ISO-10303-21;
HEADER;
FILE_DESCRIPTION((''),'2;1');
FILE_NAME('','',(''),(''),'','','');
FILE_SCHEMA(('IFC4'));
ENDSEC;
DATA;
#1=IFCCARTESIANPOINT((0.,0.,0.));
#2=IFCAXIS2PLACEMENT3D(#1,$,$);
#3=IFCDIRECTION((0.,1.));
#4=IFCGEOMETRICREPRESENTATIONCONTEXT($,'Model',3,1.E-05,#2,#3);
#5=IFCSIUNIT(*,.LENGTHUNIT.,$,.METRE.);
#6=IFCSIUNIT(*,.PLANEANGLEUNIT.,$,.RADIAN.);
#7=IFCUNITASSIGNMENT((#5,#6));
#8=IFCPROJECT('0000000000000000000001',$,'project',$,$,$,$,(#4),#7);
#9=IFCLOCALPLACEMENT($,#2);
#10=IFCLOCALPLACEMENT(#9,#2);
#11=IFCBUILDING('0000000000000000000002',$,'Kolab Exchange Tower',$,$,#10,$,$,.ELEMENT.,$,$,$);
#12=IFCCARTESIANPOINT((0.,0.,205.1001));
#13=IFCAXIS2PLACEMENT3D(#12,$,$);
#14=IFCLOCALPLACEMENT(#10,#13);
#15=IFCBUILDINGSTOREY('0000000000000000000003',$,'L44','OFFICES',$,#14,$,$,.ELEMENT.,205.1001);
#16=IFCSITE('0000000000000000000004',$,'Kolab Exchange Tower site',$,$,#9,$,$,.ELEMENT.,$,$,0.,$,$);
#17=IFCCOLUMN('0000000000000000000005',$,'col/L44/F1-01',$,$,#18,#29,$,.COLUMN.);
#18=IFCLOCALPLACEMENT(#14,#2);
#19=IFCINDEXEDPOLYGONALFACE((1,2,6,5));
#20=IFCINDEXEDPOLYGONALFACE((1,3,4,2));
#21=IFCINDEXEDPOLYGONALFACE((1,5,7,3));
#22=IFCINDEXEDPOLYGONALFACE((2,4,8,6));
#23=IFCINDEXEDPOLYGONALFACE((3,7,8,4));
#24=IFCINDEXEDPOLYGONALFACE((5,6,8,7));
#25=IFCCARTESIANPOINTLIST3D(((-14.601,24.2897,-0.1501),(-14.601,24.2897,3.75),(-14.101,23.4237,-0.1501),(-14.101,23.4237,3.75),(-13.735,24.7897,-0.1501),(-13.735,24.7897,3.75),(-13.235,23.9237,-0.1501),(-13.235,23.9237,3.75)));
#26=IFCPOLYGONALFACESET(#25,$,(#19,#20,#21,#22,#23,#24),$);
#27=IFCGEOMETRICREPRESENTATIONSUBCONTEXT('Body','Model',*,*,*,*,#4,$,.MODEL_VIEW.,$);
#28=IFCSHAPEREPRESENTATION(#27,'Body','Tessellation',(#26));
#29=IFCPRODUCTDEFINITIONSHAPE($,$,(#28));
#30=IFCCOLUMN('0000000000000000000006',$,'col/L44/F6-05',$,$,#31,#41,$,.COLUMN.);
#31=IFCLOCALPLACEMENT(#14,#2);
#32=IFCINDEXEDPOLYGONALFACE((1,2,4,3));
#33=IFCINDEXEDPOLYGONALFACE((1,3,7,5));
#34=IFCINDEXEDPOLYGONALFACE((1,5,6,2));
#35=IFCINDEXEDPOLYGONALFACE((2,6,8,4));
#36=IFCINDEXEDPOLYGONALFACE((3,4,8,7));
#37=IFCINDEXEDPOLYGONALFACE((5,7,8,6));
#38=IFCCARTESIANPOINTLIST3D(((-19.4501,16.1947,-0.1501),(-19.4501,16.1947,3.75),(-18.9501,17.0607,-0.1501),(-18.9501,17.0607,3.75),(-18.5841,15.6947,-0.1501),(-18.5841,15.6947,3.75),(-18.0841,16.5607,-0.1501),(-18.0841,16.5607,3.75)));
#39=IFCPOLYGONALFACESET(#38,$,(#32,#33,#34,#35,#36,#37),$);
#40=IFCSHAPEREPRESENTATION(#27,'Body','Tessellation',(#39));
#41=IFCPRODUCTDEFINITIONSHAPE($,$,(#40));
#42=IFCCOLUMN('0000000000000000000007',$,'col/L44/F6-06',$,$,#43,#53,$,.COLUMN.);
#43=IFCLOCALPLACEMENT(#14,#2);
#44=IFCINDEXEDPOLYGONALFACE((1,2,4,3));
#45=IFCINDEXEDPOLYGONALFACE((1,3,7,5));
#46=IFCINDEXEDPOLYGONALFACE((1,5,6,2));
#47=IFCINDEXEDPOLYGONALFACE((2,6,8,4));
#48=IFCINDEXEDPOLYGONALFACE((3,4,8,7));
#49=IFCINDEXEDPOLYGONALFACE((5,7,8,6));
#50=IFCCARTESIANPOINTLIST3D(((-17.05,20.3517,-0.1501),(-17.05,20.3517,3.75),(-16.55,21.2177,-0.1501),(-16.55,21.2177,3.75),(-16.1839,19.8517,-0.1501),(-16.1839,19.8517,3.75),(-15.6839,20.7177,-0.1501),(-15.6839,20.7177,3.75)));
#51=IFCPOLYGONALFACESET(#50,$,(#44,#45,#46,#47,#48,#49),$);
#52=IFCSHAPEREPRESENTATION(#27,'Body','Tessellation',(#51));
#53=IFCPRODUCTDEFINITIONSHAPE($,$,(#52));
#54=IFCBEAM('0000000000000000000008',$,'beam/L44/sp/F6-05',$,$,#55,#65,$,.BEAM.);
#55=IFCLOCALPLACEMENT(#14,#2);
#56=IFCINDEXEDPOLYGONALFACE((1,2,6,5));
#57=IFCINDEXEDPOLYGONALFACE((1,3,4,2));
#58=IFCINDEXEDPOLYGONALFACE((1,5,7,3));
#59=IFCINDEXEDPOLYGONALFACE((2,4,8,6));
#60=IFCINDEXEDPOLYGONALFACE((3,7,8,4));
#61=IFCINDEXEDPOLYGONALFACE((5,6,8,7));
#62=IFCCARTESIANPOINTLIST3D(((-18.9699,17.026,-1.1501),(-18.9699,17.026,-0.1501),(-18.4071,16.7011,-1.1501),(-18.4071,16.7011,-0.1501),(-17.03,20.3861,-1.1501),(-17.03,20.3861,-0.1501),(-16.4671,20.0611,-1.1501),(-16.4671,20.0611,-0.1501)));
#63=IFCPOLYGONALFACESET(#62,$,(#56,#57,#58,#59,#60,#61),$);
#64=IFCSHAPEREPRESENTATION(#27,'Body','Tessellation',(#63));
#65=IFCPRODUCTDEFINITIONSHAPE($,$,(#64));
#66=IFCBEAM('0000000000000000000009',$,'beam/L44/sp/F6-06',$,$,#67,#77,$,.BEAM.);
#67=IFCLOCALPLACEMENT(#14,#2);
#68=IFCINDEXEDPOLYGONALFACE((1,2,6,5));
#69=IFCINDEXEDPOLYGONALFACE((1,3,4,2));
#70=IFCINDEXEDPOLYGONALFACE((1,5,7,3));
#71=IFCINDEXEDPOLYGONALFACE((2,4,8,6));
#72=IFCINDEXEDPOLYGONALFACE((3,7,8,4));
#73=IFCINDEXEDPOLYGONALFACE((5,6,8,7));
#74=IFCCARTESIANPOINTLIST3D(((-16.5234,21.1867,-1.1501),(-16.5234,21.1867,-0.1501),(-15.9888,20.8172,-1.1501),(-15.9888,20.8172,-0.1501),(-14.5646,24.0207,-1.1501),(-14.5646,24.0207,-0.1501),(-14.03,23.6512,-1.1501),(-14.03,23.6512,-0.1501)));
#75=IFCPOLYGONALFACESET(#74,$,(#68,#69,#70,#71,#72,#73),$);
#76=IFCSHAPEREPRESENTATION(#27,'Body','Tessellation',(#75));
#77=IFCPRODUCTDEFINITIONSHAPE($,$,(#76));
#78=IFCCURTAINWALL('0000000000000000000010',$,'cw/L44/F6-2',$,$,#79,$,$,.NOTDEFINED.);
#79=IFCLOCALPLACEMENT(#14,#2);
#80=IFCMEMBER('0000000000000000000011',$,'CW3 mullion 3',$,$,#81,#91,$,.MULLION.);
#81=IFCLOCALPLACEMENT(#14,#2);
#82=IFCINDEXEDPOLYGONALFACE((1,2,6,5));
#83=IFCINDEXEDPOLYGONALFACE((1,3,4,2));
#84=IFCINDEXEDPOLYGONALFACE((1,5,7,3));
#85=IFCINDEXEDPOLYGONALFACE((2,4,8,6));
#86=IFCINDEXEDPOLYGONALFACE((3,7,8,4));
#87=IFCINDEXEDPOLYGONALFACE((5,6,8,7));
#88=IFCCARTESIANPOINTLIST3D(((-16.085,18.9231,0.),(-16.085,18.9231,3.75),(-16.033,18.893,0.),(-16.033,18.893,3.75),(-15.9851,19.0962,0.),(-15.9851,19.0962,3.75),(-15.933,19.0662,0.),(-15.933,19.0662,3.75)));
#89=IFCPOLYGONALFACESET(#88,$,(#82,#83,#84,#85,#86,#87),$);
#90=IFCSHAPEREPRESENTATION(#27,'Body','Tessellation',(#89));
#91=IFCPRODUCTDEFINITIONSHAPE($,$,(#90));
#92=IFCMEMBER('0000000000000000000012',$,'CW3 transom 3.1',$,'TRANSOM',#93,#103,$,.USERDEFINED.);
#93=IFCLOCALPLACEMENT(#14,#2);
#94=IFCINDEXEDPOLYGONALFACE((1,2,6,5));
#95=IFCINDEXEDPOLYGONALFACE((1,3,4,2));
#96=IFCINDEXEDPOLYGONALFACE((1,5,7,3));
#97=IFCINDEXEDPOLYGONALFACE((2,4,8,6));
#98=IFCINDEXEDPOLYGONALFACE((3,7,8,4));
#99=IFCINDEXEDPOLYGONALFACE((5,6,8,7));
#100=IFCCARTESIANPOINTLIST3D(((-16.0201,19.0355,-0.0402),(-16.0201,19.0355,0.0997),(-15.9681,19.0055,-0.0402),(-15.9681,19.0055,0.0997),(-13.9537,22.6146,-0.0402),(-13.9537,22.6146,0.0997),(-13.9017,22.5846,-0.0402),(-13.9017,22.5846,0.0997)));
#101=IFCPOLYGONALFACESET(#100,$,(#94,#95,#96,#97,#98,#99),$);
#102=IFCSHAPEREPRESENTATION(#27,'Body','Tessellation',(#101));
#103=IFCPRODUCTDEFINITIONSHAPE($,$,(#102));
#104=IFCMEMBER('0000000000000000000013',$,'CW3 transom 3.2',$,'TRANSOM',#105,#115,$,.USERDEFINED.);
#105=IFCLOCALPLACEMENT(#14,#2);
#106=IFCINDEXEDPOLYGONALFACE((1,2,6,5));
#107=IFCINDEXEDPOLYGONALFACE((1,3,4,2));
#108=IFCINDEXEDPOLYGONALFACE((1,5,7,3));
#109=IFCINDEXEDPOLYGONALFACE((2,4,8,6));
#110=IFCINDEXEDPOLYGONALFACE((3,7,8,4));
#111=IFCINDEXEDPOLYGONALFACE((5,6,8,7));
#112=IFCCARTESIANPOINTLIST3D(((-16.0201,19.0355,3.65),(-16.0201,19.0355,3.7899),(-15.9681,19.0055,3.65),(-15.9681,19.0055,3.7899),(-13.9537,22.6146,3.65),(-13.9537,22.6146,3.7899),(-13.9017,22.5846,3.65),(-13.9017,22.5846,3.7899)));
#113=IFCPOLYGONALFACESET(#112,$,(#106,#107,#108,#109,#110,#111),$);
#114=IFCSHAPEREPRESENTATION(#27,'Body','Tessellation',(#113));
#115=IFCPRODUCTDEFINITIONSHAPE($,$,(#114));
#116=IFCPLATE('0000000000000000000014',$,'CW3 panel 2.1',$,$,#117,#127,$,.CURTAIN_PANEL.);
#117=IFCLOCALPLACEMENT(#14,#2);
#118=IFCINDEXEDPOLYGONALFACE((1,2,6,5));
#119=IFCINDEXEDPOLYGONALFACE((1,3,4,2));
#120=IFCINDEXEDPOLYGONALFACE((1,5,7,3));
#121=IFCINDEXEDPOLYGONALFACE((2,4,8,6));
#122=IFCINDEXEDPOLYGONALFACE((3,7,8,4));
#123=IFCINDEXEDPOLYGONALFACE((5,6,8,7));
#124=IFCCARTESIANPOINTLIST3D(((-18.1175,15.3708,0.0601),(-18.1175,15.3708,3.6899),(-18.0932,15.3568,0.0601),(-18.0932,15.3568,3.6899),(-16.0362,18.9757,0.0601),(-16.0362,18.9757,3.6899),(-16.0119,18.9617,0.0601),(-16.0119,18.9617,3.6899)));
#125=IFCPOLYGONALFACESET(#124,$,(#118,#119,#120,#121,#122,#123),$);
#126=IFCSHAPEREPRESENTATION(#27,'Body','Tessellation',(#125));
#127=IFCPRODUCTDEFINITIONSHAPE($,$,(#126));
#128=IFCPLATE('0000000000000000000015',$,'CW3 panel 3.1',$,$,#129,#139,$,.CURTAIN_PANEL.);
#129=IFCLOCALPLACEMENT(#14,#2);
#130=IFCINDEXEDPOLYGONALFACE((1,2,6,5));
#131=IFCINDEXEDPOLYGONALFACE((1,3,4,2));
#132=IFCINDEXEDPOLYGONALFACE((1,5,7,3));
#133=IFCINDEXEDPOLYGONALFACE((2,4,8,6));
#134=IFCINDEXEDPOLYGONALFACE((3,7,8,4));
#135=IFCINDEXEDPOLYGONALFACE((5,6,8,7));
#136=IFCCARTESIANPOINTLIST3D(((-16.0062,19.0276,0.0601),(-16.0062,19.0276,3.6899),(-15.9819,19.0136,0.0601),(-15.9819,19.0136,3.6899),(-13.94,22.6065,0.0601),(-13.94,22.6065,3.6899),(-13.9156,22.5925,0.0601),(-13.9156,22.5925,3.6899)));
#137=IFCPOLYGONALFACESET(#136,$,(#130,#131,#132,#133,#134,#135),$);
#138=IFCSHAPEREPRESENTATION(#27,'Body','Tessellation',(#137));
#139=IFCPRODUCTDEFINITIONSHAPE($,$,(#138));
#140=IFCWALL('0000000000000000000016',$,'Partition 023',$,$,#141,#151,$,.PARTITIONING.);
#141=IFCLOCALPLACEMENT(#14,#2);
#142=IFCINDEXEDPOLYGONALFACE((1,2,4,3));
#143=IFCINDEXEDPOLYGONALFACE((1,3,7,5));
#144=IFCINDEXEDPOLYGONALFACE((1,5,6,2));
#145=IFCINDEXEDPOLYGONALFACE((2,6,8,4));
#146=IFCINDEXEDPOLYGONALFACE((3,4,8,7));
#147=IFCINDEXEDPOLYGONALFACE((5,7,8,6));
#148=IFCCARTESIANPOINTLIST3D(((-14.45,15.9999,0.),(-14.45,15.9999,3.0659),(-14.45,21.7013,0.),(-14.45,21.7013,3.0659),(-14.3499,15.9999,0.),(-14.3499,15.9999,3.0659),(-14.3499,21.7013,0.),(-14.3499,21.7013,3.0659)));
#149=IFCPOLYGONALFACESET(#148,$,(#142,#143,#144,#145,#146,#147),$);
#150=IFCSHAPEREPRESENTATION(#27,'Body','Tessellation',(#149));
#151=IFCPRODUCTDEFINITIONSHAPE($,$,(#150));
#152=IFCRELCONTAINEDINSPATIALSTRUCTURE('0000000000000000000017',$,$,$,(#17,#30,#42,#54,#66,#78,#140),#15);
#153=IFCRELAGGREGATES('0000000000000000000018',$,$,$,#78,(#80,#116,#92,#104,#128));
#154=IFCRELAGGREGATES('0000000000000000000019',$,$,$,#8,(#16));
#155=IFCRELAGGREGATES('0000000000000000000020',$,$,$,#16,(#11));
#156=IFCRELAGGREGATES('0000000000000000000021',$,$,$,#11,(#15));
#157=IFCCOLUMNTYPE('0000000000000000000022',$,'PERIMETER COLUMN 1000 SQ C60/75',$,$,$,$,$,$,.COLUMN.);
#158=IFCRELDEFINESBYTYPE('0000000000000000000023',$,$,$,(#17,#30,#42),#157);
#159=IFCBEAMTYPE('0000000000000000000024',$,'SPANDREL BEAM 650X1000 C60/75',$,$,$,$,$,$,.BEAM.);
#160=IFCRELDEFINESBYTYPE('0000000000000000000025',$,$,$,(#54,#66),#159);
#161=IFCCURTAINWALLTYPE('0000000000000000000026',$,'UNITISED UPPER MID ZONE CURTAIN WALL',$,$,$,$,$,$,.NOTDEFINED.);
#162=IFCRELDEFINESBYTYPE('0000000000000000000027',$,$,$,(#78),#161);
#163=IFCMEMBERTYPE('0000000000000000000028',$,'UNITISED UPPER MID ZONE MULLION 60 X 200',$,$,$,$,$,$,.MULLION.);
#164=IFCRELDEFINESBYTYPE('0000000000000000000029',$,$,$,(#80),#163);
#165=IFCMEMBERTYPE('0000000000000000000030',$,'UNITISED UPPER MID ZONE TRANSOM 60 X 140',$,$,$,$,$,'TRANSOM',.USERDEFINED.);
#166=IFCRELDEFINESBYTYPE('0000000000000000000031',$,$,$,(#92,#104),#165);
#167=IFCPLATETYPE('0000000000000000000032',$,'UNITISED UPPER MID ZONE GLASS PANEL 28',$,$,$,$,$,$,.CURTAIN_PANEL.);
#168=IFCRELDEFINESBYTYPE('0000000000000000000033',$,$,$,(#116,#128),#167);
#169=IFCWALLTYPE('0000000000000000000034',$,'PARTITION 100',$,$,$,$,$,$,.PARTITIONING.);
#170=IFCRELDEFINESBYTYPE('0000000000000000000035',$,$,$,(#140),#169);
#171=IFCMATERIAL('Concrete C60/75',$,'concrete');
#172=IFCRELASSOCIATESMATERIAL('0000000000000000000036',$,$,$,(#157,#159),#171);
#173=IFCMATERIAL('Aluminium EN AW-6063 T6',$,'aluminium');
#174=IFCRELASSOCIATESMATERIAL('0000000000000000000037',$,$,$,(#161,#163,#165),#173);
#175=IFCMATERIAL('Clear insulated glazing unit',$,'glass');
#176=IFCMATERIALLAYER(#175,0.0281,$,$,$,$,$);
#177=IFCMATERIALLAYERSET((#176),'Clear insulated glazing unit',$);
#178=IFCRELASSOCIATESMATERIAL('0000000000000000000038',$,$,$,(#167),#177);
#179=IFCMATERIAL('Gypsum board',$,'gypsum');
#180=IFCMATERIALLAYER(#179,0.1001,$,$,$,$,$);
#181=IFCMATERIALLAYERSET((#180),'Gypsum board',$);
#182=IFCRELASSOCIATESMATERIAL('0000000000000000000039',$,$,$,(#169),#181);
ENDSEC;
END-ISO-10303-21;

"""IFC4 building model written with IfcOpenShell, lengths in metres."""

from ifc_helpers import new_model, si_unit, direction, frame, frame_2d, origin, origin_2d, place, context, subcontext, project, spatial, rectangle, extrude, material, layer, layer_set, material_profile, profile_set, type_object, element, aggregate, save


model = new_model("IFC4")

# Units and contexts
model_context = context("Model", 3, precision=1e-05, world=origin(), true_north=direction((0.0, 1.0)))
body_context = subcontext(model_context, "Body", "Model", "MODEL_VIEW")
ifc_project = project(units=[si_unit("LENGTHUNIT", "METRE"), si_unit("PLANEANGLEUNIT", "RADIAN")], contexts=[model_context])

# Site, building, storey
site_placement = place(None, origin())
site = spatial("IfcSite", under=ifc_project, at=site_placement, Name="Kolab Exchange Tower site", CompositionType="ELEMENT", RefElevation=0.0)
building_placement = place(site_placement, origin())
building = spatial("IfcBuilding", under=site, at=building_placement, Name="Kolab Exchange Tower", CompositionType="ELEMENT")
storey_placement = place(building_placement, frame((0.0, 0.0, 205.1001)))
storey = spatial("IfcBuildingStorey", under=building, at=storey_placement, Name="L44", Description="OFFICES", CompositionType="ELEMENT", Elevation=205.1001)

# Columns
ifc_material_1 = material(Name="Concrete C60/75", Category="concrete")
ifc_material_profile_1 = material_profile(ifc_material_1, rectangle(XDim=1.0, YDim=1.0, at=origin_2d()), Name="RC1000")
ifc_profile_set_1 = profile_set([ifc_material_profile_1], Name="Concrete C60/75")
column_type = type_object("IfcColumnType", Name="PERIMETER COLUMN 1000 SQ C60/75", PredefinedType="COLUMN", material=ifc_profile_set_1)
for number, where, z_axis, x_axis, name in (
    (1, (-13.918, 24.1067, -0.1501), (0.0, 0.0, 1.0), (0.866025, 0.5, 0.0), "col/L44/F1-01"),
    (2, (-18.7671, 16.3777, -0.1501), (0.0, 0.0, 1.0), (0.5, 0.866025, 0.0), "col/L44/F6-05"),
    (3, (-16.3669, 20.5347, -0.1501), (0.0, 0.0, 1.0), (0.5, 0.866025, 0.0), "col/L44/F6-06"),
):
    element("IfcColumn", number, at=place(storey_placement, frame(where, z_axis=z_axis, x_axis=x_axis)), inside=storey, type_object=column_type, Name=name, PredefinedType="COLUMN", context=body_context, shape_type="SweptSolid", body=[
        extrude(rectangle(XDim=1.0, YDim=1.0, at=origin_2d()), origin(), (0.0, 0.0, 1.0), 3.9001),
    ])

# Beams
ifc_material_profile_2 = material_profile(ifc_material_1, rectangle(XDim=0.6499, YDim=1.0, at=origin_2d()), Name="RC650X1000")
ifc_profile_set_2 = profile_set([ifc_material_profile_2], Name="Concrete C60/75")
beam_type = type_object("IfcBeamType", Name="SPANDREL BEAM 650X1000 C60/75", PredefinedType="BEAM", material=ifc_profile_set_2)
beam_1_placement = place(storey_placement, frame((-18.6885, 16.8635, -0.6501), z_axis=(0.499997, 0.866027, 0.0), x_axis=(-0.866027, 0.499997, 0.0)))
element("IfcBeam", 4, at=beam_1_placement, inside=storey, type_object=beam_type, Name="beam/L44/sp/F6-05", PredefinedType="BEAM", context=body_context, shape_type="SweptSolid", body=[
    extrude(rectangle(XDim=0.6499, YDim=1.0, at=origin_2d()), origin(), (0.0, 0.0, 1.0), 3.8799),
])
beam_2_placement = place(storey_placement, frame((-16.2561, 21.002, -0.6501), z_axis=(0.568572, 0.822633, 0.0), x_axis=(-0.822633, 0.568572, 0.0)))
element("IfcBeam", 5, at=beam_2_placement, inside=storey, type_object=beam_type, Name="beam/L44/sp/F6-06", PredefinedType="BEAM", context=body_context, shape_type="SweptSolid", body=[
    extrude(rectangle(XDim=0.6499, YDim=1.0, at=origin_2d()), origin(), (0.0, 0.0, 1.0), 3.4451),
])

# Curtain wall, members, plates
ifc_material_2 = material(Name="Aluminium EN AW-6063 T6", Category="aluminium")
curtain_wall_type = type_object("IfcCurtainWallType", Name="UNITISED UPPER MID ZONE CURTAIN WALL", PredefinedType="NOTDEFINED", material=ifc_material_2)
curtain_wall_placement = place(storey_placement, origin())
curtain_wall = element("IfcCurtainWall", 6, at=curtain_wall_placement, inside=storey, type_object=curtain_wall_type, Name="cw/L44/F6-2", PredefinedType="NOTDEFINED")
ifc_material_profile_3 = material_profile(ifc_material_2, rectangle(XDim=0.0601, YDim=0.2, at=origin_2d()), Name="RECT 60X200")
ifc_profile_set_3 = profile_set([ifc_material_profile_3], Name="Aluminium EN AW-6063 T6")
member_type_1 = type_object("IfcMemberType", Name="UNITISED UPPER MID ZONE MULLION 60 X 200", PredefinedType="MULLION", material=ifc_profile_set_3)
member_1_placement = place(storey_placement, frame((-16.009, 18.9946, 0.0), z_axis=(0.0, 0.0, 1.0), x_axis=(-0.866025, 0.5, 0.0)))
member_1 = element("IfcMember", 7, at=member_1_placement, type_object=member_type_1, Name="CW3 mullion 3", PredefinedType="MULLION", context=body_context, shape_type="SweptSolid", body=[
    extrude(rectangle(XDim=0.0601, YDim=0.2, at=origin_2d()), origin(), (0.0, 0.0, 1.0), 3.75),
])
ifc_material_profile_4 = material_profile(ifc_material_2, rectangle(XDim=0.0601, YDim=0.1399, at=origin_2d()), Name="RECT 60X140")
ifc_profile_set_4 = profile_set([ifc_material_profile_4], Name="Aluminium EN AW-6063 T6")
member_type_2 = type_object("IfcMemberType", Name="UNITISED UPPER MID ZONE TRANSOM 60 X 140", ElementType="TRANSOM", PredefinedType="USERDEFINED", material=ifc_profile_set_4)
member_2_placement = place(storey_placement, frame((-15.9941, 19.0205, 0.0298), z_axis=(0.500002, 0.866024, 0.0), x_axis=(-0.866024, 0.500002, 0.0)))
member_2 = element("IfcMember", 8, at=member_2_placement, type_object=member_type_2, Name="CW3 transom 3.1", ObjectType="TRANSOM", PredefinedType="USERDEFINED", context=body_context, shape_type="SweptSolid", body=[
    extrude(rectangle(XDim=0.0601, YDim=0.1399, at=origin_2d()), origin(), (0.0, 0.0, 1.0), 4.1328),
])
member_3_placement = place(storey_placement, frame((-15.9941, 19.0205, 3.72), z_axis=(0.500002, 0.866024, 0.0), x_axis=(-0.866024, 0.500002, 0.0)))
member_3 = element("IfcMember", 9, at=member_3_placement, type_object=member_type_2, Name="CW3 transom 3.2", ObjectType="TRANSOM", PredefinedType="USERDEFINED", context=body_context, shape_type="SweptSolid", body=[
    extrude(rectangle(XDim=0.0601, YDim=0.1399, at=origin_2d()), origin(), (0.0, 0.0, 1.0), 4.1328),
])
ifc_material_3 = material(Name="Clear insulated glazing unit", Category="glass")
ifc_layer_1 = layer(ifc_material_3, 0.0281)
ifc_layer_set_1 = layer_set([ifc_layer_1], Name="Clear insulated glazing unit")
plate_type = type_object("IfcPlateType", Name="UNITISED UPPER MID ZONE GLASS PANEL 28", PredefinedType="CURTAIN_PANEL", material=ifc_layer_set_1)
plate_1_placement = place(storey_placement, frame((-17.0647, 17.1663, 0.0601), z_axis=(0.0, 0.0, 1.0), x_axis=(0.5, 0.866025, 0.0)))
plate_1 = element("IfcPlate", 10, at=plate_1_placement, type_object=plate_type, Name="CW3 panel 2.1", PredefinedType="CURTAIN_PANEL", context=body_context, shape_type="SweptSolid", body=[
    extrude(rectangle(XDim=4.1626, YDim=0.0281, at=origin_2d()), origin(), (0.0, 0.0, 1.0), 3.6299),
])
plate_2_placement = place(storey_placement, frame((-14.9609, 20.8101, 0.0601), z_axis=(0.0, 0.0, 1.0), x_axis=(0.5, 0.866025, 0.0)))
plate_2 = element("IfcPlate", 11, at=plate_2_placement, type_object=plate_type, Name="CW3 panel 3.1", PredefinedType="CURTAIN_PANEL", context=body_context, shape_type="SweptSolid", body=[
    extrude(rectangle(XDim=4.1326, YDim=0.0281, at=origin_2d()), origin(), (0.0, 0.0, 1.0), 3.6299),
])
aggregate(curtain_wall, [member_1, plate_1, member_2, member_3, plate_2])

# Wall
ifc_material_4 = material(Name="Gypsum board", Category="gypsum")
ifc_layer_2 = layer(ifc_material_4, 0.1001)
ifc_layer_set_2 = layer_set([ifc_layer_2], Name="Gypsum board")
wall_type_1 = type_object("IfcWallType", Name="PARTITION 100", PredefinedType="PARTITIONING", material=ifc_layer_set_2)
wall_1_placement = place(storey_placement, frame((-14.3999, 16.0, 0.0), z_axis=(0.0, 0.0, 1.0), x_axis=(0.0, 1.0, 0.0)))
element("IfcWall", 12, at=wall_1_placement, inside=storey, type_object=wall_type_1, Name="Partition 023", PredefinedType="PARTITIONING", context=body_context, shape_type="SweptSolid", body=[
    extrude(rectangle(XDim=5.7014, YDim=0.1001, at=frame_2d((2.8506, 0.0))), origin(), (0.0, 0.0, 1.0), 3.0659),
])

save(model, "model.ifc")
